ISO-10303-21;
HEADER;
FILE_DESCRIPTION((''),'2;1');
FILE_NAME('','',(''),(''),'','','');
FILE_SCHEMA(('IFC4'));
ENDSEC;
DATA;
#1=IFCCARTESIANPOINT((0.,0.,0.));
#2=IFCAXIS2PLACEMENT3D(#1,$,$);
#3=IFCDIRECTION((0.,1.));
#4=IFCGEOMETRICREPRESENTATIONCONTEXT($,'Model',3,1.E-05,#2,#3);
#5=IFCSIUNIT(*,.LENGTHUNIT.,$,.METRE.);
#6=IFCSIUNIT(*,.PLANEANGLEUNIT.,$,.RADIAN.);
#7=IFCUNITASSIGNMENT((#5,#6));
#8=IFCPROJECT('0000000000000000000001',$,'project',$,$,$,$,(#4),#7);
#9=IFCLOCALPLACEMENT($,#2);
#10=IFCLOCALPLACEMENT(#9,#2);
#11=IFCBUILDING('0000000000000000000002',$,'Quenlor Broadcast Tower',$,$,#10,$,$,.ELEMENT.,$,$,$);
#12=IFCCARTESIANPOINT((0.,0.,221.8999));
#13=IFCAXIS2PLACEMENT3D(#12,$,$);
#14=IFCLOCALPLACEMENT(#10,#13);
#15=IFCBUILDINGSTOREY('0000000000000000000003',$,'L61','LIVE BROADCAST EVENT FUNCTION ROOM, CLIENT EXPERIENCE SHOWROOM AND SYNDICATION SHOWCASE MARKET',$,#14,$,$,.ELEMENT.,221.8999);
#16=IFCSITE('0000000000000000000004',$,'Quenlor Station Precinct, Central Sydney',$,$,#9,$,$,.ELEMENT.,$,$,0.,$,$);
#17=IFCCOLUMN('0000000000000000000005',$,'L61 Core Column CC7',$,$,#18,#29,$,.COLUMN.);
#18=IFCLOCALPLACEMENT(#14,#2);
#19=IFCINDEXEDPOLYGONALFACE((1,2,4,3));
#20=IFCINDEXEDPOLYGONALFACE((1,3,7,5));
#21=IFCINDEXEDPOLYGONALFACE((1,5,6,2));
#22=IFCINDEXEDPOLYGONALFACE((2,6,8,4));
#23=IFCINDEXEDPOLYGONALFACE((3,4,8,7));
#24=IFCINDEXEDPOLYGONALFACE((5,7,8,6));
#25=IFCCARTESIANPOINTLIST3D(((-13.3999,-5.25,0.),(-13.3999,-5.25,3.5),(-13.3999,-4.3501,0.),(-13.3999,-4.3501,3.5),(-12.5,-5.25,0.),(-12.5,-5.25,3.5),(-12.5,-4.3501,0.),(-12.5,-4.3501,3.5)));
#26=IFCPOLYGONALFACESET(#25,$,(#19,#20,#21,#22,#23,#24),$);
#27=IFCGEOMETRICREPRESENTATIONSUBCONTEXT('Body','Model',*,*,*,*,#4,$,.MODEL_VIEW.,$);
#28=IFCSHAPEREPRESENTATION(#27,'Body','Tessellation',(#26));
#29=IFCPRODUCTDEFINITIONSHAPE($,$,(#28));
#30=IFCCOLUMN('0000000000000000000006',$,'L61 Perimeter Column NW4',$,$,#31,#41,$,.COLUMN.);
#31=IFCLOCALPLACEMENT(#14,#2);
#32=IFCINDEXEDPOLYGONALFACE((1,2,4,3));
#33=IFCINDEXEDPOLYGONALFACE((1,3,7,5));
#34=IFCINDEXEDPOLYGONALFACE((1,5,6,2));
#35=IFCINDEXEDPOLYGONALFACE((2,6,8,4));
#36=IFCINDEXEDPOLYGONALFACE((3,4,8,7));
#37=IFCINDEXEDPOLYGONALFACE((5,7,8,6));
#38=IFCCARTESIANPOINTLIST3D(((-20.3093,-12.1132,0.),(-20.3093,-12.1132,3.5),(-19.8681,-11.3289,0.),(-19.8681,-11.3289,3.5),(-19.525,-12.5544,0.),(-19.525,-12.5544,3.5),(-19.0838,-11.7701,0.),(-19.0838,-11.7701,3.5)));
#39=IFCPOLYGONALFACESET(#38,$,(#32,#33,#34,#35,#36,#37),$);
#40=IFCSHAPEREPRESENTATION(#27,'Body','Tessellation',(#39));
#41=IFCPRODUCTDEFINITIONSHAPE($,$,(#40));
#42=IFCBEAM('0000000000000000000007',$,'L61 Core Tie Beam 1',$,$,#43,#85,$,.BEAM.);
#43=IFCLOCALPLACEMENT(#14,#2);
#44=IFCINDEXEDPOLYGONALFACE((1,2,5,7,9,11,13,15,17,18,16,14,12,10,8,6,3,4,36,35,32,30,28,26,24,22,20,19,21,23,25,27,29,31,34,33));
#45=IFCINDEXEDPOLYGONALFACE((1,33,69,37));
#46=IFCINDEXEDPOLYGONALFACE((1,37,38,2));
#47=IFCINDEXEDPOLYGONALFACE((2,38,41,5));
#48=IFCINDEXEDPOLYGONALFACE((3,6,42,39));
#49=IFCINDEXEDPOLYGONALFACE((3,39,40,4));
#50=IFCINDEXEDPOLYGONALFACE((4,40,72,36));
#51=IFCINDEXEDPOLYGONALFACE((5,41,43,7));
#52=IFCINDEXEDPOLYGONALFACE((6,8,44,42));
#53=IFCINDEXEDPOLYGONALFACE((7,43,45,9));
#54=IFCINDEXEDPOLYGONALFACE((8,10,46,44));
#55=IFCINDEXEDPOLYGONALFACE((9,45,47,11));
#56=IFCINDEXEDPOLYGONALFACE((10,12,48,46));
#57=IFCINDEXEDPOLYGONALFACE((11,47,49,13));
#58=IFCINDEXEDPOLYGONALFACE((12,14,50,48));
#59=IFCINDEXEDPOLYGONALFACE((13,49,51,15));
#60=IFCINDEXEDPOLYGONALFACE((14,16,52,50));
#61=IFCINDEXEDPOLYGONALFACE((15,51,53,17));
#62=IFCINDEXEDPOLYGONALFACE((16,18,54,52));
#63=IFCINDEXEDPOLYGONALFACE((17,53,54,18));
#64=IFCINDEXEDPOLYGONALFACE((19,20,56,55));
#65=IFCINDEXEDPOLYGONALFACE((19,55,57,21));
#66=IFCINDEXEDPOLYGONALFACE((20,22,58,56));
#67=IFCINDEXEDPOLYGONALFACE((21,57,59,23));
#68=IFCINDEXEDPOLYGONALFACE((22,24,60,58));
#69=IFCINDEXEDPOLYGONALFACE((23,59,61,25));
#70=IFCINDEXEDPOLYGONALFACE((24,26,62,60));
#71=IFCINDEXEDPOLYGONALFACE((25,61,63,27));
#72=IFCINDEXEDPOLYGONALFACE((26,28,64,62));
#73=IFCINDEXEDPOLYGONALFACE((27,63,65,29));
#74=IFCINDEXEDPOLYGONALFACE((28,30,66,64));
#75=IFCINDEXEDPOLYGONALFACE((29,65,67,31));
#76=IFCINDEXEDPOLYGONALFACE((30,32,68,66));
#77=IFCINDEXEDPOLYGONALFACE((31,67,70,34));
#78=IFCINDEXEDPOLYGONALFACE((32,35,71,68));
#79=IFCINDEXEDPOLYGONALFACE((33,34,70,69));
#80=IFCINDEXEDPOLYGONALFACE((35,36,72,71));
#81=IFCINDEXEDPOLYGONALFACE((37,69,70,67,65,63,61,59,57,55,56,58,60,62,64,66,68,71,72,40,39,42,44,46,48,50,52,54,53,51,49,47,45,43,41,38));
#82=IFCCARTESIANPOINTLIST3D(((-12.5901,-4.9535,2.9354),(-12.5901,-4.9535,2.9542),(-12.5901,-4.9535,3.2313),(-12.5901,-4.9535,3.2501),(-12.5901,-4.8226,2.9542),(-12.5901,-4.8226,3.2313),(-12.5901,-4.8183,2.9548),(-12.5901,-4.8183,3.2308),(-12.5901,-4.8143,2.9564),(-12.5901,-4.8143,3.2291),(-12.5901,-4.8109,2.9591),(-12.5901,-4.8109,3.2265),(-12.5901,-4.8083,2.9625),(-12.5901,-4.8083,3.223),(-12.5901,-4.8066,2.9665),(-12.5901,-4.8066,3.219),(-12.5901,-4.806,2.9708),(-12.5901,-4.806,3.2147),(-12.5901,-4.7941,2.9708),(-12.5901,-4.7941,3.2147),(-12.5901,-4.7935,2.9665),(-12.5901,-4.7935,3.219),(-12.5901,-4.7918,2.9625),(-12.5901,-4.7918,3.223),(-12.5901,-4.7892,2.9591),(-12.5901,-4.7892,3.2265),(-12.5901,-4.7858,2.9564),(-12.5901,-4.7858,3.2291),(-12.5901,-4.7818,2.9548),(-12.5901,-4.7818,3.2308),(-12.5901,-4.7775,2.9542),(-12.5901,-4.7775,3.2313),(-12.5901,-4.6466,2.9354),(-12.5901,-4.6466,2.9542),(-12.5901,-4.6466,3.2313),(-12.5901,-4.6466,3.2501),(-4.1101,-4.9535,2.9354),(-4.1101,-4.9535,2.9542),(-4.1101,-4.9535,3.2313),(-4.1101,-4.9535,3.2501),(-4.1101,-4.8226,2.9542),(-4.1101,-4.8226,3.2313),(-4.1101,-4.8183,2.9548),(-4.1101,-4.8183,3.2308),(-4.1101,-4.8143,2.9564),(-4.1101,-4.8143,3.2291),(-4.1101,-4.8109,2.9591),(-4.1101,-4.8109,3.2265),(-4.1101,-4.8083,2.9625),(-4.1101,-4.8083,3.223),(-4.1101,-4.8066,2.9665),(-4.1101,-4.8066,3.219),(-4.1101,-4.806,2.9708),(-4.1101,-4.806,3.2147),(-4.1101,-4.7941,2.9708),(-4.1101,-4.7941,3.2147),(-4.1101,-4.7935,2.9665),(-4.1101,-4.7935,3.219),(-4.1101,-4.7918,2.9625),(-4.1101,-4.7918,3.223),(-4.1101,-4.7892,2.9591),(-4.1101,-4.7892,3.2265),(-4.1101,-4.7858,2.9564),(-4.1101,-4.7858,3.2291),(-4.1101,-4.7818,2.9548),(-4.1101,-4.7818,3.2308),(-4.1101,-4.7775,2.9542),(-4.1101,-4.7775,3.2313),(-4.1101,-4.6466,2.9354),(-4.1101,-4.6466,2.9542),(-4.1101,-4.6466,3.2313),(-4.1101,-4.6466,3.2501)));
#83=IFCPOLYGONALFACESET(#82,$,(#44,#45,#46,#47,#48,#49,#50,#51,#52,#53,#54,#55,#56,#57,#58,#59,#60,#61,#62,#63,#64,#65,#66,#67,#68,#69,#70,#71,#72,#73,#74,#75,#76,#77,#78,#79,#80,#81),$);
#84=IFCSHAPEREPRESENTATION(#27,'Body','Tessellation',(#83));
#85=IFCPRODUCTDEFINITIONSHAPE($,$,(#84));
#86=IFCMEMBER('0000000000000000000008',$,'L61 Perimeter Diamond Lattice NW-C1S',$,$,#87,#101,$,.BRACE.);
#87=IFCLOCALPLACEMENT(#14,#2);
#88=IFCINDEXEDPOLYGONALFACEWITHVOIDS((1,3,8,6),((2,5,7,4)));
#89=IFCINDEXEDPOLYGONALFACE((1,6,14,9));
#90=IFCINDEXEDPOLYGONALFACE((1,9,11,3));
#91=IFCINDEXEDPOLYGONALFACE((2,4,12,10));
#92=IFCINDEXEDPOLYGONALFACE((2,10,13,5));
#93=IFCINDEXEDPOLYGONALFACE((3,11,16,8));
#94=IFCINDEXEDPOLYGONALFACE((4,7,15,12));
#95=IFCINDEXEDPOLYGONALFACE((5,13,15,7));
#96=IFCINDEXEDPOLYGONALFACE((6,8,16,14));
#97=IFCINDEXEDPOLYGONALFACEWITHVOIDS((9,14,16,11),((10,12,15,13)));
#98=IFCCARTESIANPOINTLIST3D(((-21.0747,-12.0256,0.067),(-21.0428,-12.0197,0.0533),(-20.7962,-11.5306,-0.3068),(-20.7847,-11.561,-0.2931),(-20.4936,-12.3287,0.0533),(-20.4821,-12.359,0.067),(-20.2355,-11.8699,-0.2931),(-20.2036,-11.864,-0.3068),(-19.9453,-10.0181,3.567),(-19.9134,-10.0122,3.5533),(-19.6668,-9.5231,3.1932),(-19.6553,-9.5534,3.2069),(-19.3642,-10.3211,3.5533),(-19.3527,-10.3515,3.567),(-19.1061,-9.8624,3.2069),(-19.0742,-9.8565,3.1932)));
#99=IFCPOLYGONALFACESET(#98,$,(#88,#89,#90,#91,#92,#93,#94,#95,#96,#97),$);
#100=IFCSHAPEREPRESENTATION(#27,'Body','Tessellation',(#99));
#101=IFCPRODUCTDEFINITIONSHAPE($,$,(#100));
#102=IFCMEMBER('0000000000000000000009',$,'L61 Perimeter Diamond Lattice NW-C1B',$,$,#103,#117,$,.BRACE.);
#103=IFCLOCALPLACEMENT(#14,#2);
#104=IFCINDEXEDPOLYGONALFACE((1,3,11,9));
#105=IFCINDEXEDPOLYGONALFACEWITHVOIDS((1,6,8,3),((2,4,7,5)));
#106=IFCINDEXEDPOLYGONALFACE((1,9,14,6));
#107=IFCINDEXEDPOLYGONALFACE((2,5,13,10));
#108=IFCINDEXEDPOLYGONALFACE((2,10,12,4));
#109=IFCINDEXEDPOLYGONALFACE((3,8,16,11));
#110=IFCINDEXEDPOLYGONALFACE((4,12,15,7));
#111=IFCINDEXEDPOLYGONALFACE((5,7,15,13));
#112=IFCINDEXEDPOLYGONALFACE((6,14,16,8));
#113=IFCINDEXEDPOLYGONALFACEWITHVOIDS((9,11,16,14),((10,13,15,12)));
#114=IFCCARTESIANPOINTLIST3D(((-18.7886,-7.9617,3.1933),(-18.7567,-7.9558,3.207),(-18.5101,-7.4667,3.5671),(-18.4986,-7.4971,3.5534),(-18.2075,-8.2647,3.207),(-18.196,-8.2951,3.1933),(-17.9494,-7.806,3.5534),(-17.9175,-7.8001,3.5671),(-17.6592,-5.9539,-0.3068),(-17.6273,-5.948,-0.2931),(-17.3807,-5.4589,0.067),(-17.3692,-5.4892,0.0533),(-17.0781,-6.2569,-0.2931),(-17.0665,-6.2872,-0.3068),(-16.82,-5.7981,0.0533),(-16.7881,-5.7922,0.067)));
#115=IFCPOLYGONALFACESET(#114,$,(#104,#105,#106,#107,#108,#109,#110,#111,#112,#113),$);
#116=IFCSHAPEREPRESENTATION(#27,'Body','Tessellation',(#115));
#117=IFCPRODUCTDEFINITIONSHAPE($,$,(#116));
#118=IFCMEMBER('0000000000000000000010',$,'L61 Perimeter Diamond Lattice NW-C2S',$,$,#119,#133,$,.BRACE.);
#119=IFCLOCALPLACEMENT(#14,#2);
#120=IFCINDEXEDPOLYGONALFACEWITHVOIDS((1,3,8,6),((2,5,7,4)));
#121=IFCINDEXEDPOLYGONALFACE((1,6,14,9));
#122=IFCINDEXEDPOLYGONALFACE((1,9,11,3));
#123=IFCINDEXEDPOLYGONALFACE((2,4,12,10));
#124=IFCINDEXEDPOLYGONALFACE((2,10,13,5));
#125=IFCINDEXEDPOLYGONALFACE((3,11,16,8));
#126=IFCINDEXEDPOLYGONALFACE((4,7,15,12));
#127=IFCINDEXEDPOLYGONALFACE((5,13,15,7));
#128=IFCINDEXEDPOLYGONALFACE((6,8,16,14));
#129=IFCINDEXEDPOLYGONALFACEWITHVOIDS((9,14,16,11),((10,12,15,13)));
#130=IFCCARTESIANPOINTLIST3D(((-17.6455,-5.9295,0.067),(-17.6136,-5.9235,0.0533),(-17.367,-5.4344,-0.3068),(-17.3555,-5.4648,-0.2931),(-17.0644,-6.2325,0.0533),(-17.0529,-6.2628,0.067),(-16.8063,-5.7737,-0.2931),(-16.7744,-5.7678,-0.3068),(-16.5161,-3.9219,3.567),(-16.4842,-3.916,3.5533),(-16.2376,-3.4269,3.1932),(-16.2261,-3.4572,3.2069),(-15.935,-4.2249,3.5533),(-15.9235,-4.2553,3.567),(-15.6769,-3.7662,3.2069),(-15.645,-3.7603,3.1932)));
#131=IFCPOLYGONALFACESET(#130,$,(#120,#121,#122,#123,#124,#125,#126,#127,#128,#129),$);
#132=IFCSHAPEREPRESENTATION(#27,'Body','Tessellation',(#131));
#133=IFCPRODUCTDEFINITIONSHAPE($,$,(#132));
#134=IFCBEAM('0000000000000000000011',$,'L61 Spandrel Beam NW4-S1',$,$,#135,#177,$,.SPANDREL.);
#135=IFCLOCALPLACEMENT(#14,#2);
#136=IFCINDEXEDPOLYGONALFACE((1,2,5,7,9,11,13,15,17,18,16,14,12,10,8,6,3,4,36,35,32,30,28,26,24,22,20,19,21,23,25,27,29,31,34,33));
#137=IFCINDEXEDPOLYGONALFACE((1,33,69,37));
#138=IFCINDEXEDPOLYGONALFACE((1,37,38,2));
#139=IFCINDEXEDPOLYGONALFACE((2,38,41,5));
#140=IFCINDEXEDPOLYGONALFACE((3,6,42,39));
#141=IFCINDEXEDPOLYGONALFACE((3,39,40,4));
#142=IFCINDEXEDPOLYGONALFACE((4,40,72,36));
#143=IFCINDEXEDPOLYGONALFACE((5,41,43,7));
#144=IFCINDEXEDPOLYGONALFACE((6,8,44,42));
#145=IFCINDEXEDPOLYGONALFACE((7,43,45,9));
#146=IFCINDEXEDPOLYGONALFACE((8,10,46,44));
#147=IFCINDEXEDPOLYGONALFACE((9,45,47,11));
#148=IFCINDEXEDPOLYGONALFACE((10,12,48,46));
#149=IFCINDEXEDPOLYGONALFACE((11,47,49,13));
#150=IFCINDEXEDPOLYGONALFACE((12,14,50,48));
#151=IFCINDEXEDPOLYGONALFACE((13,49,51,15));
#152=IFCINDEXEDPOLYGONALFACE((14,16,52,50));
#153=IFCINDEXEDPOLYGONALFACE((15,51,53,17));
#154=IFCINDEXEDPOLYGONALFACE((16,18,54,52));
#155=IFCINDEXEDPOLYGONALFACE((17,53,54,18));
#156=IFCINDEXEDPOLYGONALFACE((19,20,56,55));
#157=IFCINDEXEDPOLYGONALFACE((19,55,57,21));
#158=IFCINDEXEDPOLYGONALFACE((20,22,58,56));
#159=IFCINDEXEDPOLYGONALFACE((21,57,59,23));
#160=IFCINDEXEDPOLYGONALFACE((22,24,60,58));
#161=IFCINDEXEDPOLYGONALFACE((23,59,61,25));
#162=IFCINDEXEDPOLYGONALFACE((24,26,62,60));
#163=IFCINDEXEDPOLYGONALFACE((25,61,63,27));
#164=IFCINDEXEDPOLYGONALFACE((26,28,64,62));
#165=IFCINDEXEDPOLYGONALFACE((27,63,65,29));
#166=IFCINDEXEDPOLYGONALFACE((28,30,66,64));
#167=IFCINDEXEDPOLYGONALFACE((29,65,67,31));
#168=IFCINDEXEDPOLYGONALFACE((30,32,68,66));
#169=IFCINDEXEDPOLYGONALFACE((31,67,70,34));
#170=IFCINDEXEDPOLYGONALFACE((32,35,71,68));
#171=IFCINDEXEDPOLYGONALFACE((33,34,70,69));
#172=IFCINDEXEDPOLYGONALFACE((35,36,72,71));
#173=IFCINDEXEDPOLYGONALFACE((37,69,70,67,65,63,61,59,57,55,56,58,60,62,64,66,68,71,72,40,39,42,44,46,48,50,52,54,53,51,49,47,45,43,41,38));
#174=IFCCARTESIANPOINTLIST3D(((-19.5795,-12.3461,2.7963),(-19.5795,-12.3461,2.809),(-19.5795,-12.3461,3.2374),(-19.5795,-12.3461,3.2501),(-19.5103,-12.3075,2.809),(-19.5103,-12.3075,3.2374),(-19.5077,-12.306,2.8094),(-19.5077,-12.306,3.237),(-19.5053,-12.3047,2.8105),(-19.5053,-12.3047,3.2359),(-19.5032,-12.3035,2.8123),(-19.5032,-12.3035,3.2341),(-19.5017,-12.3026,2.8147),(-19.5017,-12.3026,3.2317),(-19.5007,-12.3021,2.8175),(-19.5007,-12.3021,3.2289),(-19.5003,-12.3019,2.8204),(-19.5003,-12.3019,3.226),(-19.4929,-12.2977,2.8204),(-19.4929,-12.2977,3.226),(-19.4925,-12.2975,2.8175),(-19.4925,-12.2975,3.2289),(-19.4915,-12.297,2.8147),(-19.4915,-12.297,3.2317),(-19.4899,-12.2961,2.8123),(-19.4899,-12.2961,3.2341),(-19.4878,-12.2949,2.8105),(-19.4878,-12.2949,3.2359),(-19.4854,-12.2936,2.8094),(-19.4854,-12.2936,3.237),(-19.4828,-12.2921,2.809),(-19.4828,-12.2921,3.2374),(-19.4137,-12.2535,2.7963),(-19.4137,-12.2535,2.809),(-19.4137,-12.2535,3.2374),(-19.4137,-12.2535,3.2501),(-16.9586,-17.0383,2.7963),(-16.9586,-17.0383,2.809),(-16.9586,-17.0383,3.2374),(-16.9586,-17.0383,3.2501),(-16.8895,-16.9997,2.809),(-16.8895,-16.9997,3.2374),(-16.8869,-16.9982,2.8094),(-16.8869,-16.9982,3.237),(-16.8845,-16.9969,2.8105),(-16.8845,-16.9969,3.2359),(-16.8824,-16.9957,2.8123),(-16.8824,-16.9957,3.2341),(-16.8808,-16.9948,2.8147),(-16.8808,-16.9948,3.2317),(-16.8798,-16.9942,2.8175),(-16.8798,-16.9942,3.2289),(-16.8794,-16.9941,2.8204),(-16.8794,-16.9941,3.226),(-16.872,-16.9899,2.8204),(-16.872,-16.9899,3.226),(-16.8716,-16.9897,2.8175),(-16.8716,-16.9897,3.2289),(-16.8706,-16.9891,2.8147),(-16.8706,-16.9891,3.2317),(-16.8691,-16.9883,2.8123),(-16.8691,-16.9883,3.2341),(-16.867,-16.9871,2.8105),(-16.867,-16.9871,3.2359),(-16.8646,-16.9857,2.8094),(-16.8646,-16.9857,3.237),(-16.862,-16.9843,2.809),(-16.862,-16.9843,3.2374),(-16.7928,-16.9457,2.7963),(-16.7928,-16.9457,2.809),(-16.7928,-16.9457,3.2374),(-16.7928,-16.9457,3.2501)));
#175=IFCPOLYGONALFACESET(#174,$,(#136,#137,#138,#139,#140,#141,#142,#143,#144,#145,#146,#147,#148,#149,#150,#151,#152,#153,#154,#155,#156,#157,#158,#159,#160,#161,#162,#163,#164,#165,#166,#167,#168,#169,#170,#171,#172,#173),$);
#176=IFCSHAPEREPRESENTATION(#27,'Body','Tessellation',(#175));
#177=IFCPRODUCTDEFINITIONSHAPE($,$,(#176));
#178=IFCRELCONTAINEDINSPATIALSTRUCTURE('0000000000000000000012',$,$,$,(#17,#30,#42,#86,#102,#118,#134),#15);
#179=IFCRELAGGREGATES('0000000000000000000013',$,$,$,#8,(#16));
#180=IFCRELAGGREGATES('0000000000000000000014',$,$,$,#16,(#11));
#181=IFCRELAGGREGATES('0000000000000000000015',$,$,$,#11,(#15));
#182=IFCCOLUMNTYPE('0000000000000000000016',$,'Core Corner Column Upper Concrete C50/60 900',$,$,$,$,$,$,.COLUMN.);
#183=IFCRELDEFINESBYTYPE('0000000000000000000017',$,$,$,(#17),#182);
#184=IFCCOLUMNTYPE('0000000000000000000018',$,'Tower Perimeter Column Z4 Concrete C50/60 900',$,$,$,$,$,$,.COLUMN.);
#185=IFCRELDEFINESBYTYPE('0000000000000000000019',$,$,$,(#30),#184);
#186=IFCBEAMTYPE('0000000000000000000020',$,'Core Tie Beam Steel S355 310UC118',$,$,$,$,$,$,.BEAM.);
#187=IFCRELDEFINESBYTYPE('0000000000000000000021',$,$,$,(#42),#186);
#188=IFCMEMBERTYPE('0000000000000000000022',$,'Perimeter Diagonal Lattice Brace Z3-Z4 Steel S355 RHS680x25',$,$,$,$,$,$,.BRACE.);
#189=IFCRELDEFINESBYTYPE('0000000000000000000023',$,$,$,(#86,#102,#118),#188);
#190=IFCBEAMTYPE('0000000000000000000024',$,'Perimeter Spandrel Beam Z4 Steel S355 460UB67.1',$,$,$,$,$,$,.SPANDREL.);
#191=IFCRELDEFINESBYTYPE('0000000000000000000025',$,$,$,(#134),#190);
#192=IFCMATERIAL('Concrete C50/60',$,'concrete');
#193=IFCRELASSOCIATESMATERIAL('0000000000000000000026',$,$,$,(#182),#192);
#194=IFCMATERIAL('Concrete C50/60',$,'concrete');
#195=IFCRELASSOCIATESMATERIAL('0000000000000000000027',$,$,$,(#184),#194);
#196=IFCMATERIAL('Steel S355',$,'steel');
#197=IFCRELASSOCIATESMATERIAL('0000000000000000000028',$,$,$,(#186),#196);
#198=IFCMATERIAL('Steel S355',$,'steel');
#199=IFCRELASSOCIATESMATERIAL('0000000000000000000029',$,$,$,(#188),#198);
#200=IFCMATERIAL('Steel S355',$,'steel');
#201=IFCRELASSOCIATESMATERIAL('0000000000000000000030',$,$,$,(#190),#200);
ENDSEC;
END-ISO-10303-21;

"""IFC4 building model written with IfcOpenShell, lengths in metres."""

from ifc_helpers import new_model, si_unit, direction, frame, origin, origin_2d, place, context, subcontext, project, spatial, rectangle, hollow_rectangle, i_section, extrude, material, material_profile, profile_set, type_object, element, save


model = new_model("IFC4")

# Units and contexts
model_context = context("Model", 3, precision=1e-05, world=origin(), true_north=direction((0.0, 1.0)))
body_context = subcontext(model_context, "Body", "Model", "MODEL_VIEW")
ifc_project = project(units=[si_unit("LENGTHUNIT", "METRE"), si_unit("PLANEANGLEUNIT", "RADIAN")], contexts=[model_context])

# Site, building, storey
site_placement = place(None, origin())
site = spatial("IfcSite", under=ifc_project, at=site_placement, Name="Quenlor Station Precinct, Central Sydney", CompositionType="ELEMENT", RefElevation=0.0)
building_placement = place(site_placement, origin())
building = spatial("IfcBuilding", under=site, at=building_placement, Name="Quenlor Broadcast Tower", CompositionType="ELEMENT")
storey_placement = place(building_placement, frame((0.0, 0.0, 221.8999)))
storey = spatial("IfcBuildingStorey", under=building, at=storey_placement, Name="L61", Description="LIVE BROADCAST EVENT FUNCTION ROOM, CLIENT EXPERIENCE SHOWROOM AND SYNDICATION SHOWCASE MARKET", CompositionType="ELEMENT", Elevation=221.8999)

# Columns
ifc_material_1 = material(Name="Concrete C50/60", Category="concrete")
ifc_material_profile_1 = material_profile(ifc_material_1, rectangle(XDim=0.8999, YDim=0.8999, at=origin_2d()))
ifc_profile_set_1 = profile_set([ifc_material_profile_1], Name="Concrete C50/60 RC900x900")
column_type_1 = type_object("IfcColumnType", Name="Core Corner Column Upper Concrete C50/60 900", PredefinedType="COLUMN", material=ifc_profile_set_1)
column_1_placement = place(storey_placement, frame((-12.95, -4.8, 0.0), z_axis=(0.0, 0.0, 1.0), x_axis=(1.0, 0.0, 0.0)))
element("IfcColumn", 1, at=column_1_placement, inside=storey, type_object=column_type_1, Name="L61 Core Column CC7", PredefinedType="COLUMN", context=body_context, shape_type="SweptSolid", body=[
    extrude(rectangle(XDim=0.8999, YDim=0.8999, at=origin_2d()), origin(), (0.0, 0.0, 1.0), 3.5),
])
ifc_material_2 = material(Name="Concrete C50/60", Category="concrete")
ifc_material_profile_2 = material_profile(ifc_material_2, rectangle(XDim=0.8999, YDim=0.8999, at=origin_2d()))
ifc_profile_set_2 = profile_set([ifc_material_profile_2], Name="Concrete C50/60 RC900x900")
column_type_2 = type_object("IfcColumnType", Name="Tower Perimeter Column Z4 Concrete C50/60 900", PredefinedType="COLUMN", material=ifc_profile_set_2)
column_2_placement = place(storey_placement, frame((-19.6965, -11.9417, 0.0), z_axis=(0.0, 0.0, 1.0), x_axis=(-0.871575, 0.490262, 0.0)))
element("IfcColumn", 2, at=column_2_placement, inside=storey, type_object=column_type_2, Name="L61 Perimeter Column NW4", PredefinedType="COLUMN", context=body_context, shape_type="SweptSolid", body=[
    extrude(rectangle(XDim=0.8999, YDim=0.8999, at=origin_2d()), origin(), (0.0, 0.0, 1.0), 3.5),
])

# Beam
ifc_material_3 = material(Name="Steel S355", Category="steel")
ifc_material_profile_3 = material_profile(ifc_material_3, i_section(OverallWidth=0.3069, OverallDepth=0.3147, WebThickness=0.012, FlangeThickness=0.0188, FilletRadius=0.0166, at=origin_2d()))
ifc_profile_set_3 = profile_set([ifc_material_profile_3], Name="Steel S355 310UC118")
beam_type_1 = type_object("IfcBeamType", Name="Core Tie Beam Steel S355 310UC118", PredefinedType="BEAM", material=ifc_profile_set_3)
beam_1_placement = place(storey_placement, frame((-12.5901, -4.8, 3.0928), z_axis=(1.0, 0.0, 0.0), x_axis=(0.0, 1.0, 0.0)))
element("IfcBeam", 3, at=beam_1_placement, inside=storey, type_object=beam_type_1, Name="L61 Core Tie Beam 1", PredefinedType="BEAM", context=body_context, shape_type="SweptSolid", body=[
    extrude(i_section(OverallWidth=0.3069, OverallDepth=0.3147, WebThickness=0.012, FlangeThickness=0.0188, FilletRadius=0.0166, at=origin_2d()), origin(), (0.0, 0.0, 1.0), 8.48),
])

# Members
ifc_material_4 = material(Name="Steel S355", Category="steel")
ifc_material_profile_4 = material_profile(ifc_material_4, hollow_rectangle(XDim=0.6799, YDim=0.6799, WallThickness=0.0249, at=origin_2d()))
ifc_profile_set_4 = profile_set([ifc_material_profile_4], Name="Steel S355 RHS680x680x25")
member_type = type_object("IfcMemberType", Name="Perimeter Diagonal Lattice Brace Z3-Z4 Steel S355 RHS680x25", PredefinedType="BRACE", material=ifc_profile_set_4)
member_1_placement = place(storey_placement, frame((-20.6392, -11.9448, -0.1199), z_axis=(0.269547, 0.479136, 0.835328), x_axis=(-0.87155, 0.490307, 0.0)))
element("IfcMember", 4, at=member_1_placement, inside=storey, type_object=member_type, Name="L61 Perimeter Diamond Lattice NW-C1S", PredefinedType="BRACE", context=body_context, shape_type="SweptSolid", body=[
    extrude(hollow_rectangle(XDim=0.6799, YDim=0.6799, WallThickness=0.0249, at=origin_2d()), origin(), (0.0, 0.0, 1.0), 4.1899),
])
member_2_placement = place(storey_placement, frame((-17.2236, -5.873, -0.1199), z_axis=(-0.26954, -0.479181, 0.835305), x_axis=(0.871576, -0.490261, 0.0)))
element("IfcMember", 5, at=member_2_placement, inside=storey, type_object=member_type, Name="L61 Perimeter Diamond Lattice NW-C1B", PredefinedType="BRACE", context=body_context, shape_type="SweptSolid", body=[
    extrude(hollow_rectangle(XDim=0.6799, YDim=0.6799, WallThickness=0.0249, at=origin_2d()), origin(), (0.0, 0.0, 1.0), 4.1902),
])
member_3_placement = place(storey_placement, frame((-17.21, -5.8486, -0.1199), z_axis=(0.269547, 0.479136, 0.835328), x_axis=(-0.87155, 0.490307, 0.0)))
element("IfcMember", 6, at=member_3_placement, inside=storey, type_object=member_type, Name="L61 Perimeter Diamond Lattice NW-C2S", PredefinedType="BRACE", context=body_context, shape_type="SweptSolid", body=[
    extrude(hollow_rectangle(XDim=0.6799, YDim=0.6799, WallThickness=0.0249, at=origin_2d()), origin(), (0.0, 0.0, 1.0), 4.1899),
])

# Beam
ifc_material_5 = material(Name="Steel S355", Category="steel")
ifc_material_profile_5 = material_profile(ifc_material_5, i_section(OverallWidth=0.1899, OverallDepth=0.4539, WebThickness=0.0085, FlangeThickness=0.0127, FilletRadius=0.0115, at=origin_2d()))
ifc_profile_set_5 = profile_set([ifc_material_profile_5], Name="Steel S355 460UB67.1")
beam_type_2 = type_object("IfcBeamType", Name="Perimeter Spandrel Beam Z4 Steel S355 460UB67.1", PredefinedType="SPANDREL", material=ifc_profile_set_5)
beam_2_placement = place(storey_placement, frame((-19.4966, -12.2998, 3.0232), z_axis=(0.487647, -0.873041, 0.0), x_axis=(0.873041, 0.487647, 0.0)))
element("IfcBeam", 7, at=beam_2_placement, inside=storey, type_object=beam_type_2, Name="L61 Spandrel Beam NW4-S1", PredefinedType="SPANDREL", context=body_context, shape_type="SweptSolid", body=[
    extrude(i_section(OverallWidth=0.1899, OverallDepth=0.4539, WebThickness=0.0085, FlangeThickness=0.0127, FilletRadius=0.0115, at=origin_2d()), origin(), (0.0, 0.0, 1.0), 5.3745),
])

save(model, "model.ifc")
